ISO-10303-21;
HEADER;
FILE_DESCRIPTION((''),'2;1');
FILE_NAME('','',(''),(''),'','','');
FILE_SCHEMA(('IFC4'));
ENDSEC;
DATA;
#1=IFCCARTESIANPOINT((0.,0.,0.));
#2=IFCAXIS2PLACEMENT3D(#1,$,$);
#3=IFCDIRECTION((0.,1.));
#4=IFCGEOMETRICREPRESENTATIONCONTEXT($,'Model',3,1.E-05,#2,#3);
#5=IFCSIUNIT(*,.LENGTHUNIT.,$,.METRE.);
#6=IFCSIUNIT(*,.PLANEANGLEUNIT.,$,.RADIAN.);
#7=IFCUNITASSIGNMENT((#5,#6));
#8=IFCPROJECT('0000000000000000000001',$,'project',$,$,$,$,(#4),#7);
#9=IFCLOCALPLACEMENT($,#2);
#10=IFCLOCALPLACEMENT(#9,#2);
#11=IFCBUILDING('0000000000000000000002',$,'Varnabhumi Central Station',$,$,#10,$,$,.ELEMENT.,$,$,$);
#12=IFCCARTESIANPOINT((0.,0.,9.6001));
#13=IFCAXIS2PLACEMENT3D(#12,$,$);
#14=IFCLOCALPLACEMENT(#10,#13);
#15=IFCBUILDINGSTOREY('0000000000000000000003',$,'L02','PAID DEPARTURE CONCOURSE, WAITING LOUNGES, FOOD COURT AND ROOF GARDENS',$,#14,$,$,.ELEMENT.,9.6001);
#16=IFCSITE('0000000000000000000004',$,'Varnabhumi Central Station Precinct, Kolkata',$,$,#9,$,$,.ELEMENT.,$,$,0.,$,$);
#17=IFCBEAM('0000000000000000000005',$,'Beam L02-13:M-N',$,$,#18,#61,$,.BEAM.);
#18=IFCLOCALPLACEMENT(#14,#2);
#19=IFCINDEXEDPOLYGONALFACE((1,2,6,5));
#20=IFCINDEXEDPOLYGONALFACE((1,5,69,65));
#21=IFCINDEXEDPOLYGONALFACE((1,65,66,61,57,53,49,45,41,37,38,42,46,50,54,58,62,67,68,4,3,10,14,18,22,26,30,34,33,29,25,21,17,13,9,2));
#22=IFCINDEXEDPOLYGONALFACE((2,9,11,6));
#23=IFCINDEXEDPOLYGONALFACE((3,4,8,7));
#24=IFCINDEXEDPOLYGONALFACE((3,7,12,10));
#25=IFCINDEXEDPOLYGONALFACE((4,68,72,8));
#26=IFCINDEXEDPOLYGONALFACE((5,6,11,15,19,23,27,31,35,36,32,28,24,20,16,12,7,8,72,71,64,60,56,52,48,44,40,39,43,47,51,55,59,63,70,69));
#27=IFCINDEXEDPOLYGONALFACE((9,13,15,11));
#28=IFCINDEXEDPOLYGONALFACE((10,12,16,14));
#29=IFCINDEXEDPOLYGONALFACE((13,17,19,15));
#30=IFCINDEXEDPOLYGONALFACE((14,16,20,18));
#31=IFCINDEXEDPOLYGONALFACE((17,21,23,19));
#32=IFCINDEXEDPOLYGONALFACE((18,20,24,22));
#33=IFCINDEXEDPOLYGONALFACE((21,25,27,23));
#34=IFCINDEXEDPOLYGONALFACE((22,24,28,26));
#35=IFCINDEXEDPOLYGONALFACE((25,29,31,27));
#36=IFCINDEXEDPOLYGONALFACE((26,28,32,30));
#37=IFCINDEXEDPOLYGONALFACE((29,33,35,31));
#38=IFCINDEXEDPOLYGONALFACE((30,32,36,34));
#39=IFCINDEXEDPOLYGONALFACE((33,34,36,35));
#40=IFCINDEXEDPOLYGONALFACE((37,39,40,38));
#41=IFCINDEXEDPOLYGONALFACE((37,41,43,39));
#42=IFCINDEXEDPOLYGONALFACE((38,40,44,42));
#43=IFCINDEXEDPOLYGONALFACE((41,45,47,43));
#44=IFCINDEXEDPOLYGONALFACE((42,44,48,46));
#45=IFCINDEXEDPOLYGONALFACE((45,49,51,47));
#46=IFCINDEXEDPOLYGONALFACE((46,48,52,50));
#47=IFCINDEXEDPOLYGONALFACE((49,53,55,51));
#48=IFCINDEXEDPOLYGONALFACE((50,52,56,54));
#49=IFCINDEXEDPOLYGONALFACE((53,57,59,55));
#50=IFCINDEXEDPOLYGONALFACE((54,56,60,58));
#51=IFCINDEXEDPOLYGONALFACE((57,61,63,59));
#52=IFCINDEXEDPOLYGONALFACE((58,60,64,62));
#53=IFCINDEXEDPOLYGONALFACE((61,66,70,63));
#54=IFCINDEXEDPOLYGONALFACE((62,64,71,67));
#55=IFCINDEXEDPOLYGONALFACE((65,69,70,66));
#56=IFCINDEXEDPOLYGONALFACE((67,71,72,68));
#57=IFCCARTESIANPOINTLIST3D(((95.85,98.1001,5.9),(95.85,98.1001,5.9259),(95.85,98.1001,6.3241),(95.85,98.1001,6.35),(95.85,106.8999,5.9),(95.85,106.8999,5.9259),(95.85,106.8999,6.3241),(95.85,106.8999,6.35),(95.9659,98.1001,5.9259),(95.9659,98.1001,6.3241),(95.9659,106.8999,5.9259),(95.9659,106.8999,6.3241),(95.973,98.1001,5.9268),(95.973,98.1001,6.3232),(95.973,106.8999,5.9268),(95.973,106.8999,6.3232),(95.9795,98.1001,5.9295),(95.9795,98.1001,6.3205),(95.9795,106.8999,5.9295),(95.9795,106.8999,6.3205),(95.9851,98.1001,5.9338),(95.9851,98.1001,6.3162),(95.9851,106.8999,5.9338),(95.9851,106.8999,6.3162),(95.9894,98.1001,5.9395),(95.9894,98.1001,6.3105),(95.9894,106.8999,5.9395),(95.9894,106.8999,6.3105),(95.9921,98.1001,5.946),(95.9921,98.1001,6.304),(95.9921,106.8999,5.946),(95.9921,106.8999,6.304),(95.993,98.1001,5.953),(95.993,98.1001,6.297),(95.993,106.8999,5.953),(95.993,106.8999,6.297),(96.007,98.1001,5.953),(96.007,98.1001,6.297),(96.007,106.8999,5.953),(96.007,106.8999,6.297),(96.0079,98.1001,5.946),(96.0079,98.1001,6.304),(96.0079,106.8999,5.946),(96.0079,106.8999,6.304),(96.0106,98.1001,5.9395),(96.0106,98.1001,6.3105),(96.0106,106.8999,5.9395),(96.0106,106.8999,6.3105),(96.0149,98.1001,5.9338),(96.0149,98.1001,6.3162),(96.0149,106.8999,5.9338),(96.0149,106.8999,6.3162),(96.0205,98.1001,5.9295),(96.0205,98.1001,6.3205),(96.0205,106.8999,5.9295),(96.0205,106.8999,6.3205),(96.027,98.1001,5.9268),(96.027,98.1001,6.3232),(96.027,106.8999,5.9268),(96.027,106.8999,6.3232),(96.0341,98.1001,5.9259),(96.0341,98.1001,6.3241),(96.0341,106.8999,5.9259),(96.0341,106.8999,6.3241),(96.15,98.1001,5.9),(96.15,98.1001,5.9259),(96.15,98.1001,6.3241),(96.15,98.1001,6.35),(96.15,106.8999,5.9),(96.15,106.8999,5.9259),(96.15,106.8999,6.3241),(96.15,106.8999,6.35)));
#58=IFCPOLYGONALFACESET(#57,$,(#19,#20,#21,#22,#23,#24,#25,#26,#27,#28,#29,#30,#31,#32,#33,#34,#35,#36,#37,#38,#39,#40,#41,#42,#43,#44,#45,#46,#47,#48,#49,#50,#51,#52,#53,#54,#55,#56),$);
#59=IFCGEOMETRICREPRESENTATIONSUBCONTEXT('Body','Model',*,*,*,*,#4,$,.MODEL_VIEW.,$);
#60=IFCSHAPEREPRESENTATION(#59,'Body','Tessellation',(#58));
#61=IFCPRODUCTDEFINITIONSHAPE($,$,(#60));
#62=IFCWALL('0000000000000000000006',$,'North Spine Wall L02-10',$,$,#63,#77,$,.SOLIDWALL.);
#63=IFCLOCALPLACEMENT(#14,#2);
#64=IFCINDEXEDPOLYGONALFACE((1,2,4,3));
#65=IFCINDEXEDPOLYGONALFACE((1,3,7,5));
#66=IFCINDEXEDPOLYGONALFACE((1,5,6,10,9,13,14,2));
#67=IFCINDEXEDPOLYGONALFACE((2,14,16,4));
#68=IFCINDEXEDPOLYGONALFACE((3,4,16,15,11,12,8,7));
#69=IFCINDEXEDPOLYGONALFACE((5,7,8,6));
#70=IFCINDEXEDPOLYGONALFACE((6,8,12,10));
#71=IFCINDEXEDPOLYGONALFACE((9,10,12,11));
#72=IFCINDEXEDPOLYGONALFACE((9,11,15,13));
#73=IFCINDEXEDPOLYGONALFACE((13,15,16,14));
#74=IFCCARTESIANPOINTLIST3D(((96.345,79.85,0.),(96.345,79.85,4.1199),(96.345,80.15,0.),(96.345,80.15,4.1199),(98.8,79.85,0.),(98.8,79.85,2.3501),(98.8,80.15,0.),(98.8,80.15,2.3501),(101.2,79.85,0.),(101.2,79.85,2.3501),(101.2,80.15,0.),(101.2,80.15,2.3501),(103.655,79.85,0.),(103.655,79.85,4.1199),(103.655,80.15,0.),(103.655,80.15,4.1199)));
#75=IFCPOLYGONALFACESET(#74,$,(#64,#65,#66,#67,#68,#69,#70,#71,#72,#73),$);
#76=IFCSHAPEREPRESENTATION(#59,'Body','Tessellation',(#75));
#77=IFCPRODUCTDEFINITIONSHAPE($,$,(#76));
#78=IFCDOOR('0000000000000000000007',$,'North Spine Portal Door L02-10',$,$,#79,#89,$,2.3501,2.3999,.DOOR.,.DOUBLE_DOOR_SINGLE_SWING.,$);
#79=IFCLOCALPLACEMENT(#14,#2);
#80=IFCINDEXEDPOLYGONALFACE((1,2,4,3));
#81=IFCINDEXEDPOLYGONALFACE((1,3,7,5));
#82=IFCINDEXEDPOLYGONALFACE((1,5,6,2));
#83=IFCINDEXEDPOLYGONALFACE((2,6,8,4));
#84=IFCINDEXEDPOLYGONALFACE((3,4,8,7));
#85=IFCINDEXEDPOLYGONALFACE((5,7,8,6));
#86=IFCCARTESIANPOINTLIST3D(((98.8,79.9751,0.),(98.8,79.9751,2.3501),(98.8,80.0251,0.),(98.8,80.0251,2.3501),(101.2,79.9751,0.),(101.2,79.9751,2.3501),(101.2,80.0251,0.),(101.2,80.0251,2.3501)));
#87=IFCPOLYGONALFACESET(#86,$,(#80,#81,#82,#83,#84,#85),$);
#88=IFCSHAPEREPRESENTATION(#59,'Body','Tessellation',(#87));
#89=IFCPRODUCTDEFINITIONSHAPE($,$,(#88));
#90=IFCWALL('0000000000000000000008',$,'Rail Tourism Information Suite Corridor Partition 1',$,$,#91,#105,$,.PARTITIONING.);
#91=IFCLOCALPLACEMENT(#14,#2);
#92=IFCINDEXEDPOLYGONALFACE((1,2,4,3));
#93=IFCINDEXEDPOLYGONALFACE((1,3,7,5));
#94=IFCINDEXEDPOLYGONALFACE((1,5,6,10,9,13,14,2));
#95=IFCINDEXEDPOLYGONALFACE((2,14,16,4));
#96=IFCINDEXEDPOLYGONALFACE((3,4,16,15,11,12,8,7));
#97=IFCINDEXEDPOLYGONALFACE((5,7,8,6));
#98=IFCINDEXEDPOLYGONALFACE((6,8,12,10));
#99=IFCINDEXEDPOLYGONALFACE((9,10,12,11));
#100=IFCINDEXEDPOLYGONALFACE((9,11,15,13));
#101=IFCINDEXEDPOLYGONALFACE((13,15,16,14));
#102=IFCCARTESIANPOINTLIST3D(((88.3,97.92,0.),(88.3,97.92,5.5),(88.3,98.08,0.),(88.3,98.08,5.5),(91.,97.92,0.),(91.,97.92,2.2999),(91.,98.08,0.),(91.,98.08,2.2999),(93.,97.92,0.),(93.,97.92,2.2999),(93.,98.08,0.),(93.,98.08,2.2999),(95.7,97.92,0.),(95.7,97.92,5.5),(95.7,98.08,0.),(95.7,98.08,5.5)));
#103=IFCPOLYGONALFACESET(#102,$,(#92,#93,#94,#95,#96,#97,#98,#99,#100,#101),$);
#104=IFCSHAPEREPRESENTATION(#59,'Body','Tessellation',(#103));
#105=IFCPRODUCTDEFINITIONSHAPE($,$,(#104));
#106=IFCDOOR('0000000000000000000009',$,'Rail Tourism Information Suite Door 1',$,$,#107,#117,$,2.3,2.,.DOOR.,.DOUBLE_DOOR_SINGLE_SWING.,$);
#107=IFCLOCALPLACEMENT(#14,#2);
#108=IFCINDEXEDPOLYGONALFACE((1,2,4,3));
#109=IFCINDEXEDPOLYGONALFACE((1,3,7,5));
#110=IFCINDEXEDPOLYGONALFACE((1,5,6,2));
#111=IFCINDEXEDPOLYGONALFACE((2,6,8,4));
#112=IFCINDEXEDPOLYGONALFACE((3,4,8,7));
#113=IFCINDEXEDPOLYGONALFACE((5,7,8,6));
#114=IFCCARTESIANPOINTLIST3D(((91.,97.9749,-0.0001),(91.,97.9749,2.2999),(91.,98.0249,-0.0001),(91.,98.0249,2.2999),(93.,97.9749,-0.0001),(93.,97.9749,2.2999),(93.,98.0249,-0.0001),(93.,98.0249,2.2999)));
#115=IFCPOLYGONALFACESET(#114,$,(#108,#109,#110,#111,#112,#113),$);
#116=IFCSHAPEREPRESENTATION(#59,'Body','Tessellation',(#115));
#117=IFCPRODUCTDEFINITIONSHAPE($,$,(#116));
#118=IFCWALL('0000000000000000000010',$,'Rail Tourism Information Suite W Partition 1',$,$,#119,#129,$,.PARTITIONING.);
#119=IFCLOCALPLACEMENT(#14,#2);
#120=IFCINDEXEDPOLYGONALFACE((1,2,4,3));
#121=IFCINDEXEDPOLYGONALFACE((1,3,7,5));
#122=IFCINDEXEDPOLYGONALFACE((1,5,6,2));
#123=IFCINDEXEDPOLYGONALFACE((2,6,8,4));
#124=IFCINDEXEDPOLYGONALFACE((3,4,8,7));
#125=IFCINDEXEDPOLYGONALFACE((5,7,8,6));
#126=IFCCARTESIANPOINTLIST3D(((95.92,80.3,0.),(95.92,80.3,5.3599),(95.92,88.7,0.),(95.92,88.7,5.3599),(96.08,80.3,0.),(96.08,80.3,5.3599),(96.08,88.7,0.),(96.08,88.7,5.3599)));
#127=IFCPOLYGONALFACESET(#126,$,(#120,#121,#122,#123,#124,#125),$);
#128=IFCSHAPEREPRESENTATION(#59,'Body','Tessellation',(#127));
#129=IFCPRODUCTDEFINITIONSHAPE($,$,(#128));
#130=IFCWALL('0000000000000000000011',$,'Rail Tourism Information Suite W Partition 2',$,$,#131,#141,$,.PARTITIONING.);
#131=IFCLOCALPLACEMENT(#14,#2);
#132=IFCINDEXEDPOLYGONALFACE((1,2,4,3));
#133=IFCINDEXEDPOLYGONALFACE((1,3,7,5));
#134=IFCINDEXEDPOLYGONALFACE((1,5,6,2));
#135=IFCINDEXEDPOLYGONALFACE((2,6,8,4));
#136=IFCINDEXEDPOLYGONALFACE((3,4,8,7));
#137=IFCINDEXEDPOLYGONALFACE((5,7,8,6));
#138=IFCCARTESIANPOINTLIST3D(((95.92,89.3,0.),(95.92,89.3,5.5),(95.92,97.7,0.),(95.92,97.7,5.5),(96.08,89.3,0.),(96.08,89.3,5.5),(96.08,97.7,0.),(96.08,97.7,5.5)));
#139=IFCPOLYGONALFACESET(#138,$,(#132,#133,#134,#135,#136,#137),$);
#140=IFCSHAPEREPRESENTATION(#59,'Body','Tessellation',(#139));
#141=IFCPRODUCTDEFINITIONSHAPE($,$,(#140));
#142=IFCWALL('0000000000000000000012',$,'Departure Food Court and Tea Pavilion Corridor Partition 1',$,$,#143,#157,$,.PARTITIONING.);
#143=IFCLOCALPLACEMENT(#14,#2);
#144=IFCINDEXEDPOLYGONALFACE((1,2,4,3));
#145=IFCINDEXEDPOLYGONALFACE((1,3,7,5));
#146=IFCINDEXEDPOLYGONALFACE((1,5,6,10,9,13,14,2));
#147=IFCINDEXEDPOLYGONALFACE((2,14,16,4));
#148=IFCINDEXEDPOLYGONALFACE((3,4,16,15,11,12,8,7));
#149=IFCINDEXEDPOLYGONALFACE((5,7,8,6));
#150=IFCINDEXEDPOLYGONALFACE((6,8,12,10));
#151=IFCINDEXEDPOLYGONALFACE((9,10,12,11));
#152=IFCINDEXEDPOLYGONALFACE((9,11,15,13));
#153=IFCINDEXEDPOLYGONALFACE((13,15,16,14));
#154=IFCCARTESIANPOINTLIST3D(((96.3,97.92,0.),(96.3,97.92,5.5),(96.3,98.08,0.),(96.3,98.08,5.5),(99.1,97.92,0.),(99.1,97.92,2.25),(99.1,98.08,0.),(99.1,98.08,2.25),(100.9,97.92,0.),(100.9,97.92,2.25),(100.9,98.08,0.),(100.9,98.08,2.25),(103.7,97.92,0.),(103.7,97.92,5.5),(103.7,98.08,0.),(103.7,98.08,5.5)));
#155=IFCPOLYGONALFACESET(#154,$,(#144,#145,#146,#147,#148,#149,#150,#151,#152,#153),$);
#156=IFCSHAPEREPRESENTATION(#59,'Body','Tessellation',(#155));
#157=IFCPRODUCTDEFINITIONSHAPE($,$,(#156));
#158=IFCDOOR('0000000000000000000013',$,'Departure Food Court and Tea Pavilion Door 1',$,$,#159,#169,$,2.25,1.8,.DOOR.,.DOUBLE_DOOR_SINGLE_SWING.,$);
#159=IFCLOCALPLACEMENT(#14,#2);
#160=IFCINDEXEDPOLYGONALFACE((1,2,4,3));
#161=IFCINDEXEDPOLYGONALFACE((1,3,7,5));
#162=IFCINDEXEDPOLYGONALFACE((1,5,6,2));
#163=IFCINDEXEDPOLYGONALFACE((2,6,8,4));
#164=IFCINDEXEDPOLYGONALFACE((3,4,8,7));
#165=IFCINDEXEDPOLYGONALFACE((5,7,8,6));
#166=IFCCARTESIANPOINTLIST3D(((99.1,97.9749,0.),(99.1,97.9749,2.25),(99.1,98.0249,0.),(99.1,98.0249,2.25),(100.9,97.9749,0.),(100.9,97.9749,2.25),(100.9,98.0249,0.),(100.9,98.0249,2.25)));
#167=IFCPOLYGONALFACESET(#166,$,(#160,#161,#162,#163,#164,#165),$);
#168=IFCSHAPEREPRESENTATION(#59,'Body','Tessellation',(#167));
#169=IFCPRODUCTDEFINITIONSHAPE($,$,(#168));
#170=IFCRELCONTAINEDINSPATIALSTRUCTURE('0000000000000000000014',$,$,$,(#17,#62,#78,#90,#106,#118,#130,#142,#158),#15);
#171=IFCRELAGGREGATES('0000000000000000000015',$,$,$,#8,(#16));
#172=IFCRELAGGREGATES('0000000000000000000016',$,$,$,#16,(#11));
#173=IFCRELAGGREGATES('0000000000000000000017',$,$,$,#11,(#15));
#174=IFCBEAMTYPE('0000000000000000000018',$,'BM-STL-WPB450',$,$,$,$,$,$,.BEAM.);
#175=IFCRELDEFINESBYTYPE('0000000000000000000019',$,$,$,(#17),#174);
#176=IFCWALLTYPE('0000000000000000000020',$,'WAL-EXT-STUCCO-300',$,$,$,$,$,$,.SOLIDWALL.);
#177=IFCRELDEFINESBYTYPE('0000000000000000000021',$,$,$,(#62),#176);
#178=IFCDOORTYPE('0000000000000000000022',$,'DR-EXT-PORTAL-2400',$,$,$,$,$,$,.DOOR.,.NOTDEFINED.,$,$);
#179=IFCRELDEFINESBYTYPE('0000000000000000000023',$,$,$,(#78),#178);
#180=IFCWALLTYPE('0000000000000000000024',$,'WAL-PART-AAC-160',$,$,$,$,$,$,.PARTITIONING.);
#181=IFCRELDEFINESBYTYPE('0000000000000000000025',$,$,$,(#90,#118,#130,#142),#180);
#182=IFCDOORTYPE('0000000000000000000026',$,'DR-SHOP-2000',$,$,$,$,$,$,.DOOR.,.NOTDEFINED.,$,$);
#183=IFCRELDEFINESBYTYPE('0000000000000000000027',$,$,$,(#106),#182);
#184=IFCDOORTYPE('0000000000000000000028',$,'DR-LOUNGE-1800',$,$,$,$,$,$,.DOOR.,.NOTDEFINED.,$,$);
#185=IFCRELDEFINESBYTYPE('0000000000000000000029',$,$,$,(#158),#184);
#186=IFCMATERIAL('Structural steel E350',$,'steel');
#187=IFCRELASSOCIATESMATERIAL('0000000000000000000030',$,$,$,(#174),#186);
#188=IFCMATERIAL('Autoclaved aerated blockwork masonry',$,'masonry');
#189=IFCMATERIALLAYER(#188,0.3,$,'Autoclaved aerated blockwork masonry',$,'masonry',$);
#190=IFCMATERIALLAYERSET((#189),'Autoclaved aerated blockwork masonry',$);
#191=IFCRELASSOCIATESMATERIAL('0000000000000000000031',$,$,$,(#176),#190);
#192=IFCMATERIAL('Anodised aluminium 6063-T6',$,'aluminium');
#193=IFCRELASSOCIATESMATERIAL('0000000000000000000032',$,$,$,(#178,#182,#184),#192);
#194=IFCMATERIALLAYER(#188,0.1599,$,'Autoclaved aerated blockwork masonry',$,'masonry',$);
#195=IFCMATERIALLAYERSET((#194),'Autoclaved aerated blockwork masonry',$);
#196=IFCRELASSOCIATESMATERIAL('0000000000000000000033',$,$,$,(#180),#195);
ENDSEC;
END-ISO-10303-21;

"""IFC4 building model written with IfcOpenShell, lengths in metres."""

from ifc_helpers import new_model, si_unit, direction, frame, frame_2d, origin, origin_2d, place, context, subcontext, project, spatial, rectangle, i_section, extrude, material, layer, layer_set, material_profile, profile_set, type_object, element, fill, save


model = new_model("IFC4")

# Units and contexts
model_context = context("Model", 3, precision=1e-05, world=origin(), true_north=direction((0.0, 1.0)))
body_context = subcontext(model_context, "Body", "Model", "MODEL_VIEW")
ifc_project = project(units=[si_unit("LENGTHUNIT", "METRE"), si_unit("PLANEANGLEUNIT", "RADIAN")], contexts=[model_context])

# Site, building, storey
site_placement = place(None, origin())
site = spatial("IfcSite", under=ifc_project, at=site_placement, Name="Varnabhumi Central Station Precinct, Kolkata", CompositionType="ELEMENT", RefElevation=0.0)
building_placement = place(site_placement, origin())
building = spatial("IfcBuilding", under=site, at=building_placement, Name="Varnabhumi Central Station", CompositionType="ELEMENT")
storey_placement = place(building_placement, frame((0.0, 0.0, 9.6001)))
storey = spatial("IfcBuildingStorey", under=building, at=storey_placement, Name="L02", Description="PAID DEPARTURE CONCOURSE, WAITING LOUNGES, FOOD COURT AND ROOF GARDENS", CompositionType="ELEMENT", Elevation=9.6001)

# Beam
ifc_material_1 = material(Name="Structural steel E350", Category="steel")
ifc_material_profile_1 = material_profile(ifc_material_1, i_section(OverallWidth=0.3, OverallDepth=0.45, WebThickness=0.0139, FlangeThickness=0.0259, FilletRadius=0.0271, at=origin_2d()), Name="Structural steel E350", Category="steel")
ifc_profile_set_1 = profile_set([ifc_material_profile_1], Name="Structural steel E350")
beam_type_1 = type_object("IfcBeamType", Name="BM-STL-WPB450", PredefinedType="BEAM", material=ifc_profile_set_1)
for number, where, z_axis, x_axis, name in (
    (1, (96.0, 98.1001, 6.125), (0.0, 1.0, 0.0), (-1.0, 0.0, 0.0), "Beam L02-13:M-N"),
):
    element("IfcBeam", number, at=place(storey_placement, frame(where, z_axis=z_axis, x_axis=x_axis)), inside=storey, type_object=beam_type_1, Name=name, PredefinedType="BEAM", context=body_context, shape_type="SweptSolid", body=[
        extrude(i_section(OverallWidth=0.3, OverallDepth=0.45, WebThickness=0.0139, FlangeThickness=0.0259, FilletRadius=0.0271, at=origin_2d()), origin(), (0.0, 0.0, 1.0), 8.7998),
    ])

# Walls, openings, doors
ifc_material_2 = material(Name="Autoclaved aerated blockwork masonry", Category="masonry")
ifc_layer_1 = layer(ifc_material_2, 0.3, Name="Autoclaved aerated blockwork masonry", Category="masonry")
ifc_layer_set_1 = layer_set([ifc_layer_1], Name="Autoclaved aerated blockwork masonry")
wall_type_1 = type_object("IfcWallType", Name="WAL-EXT-STUCCO-300", PredefinedType="SOLIDWALL", material=ifc_layer_set_1)
wall_1_placement = place(storey_placement, frame((96.345, 80.0, 0.0), z_axis=(0.0, 0.0, 1.0), x_axis=(1.0, 0.0, 0.0)))
wall_1 = element("IfcWall", 2, at=wall_1_placement, inside=storey, type_object=wall_type_1, Name="North Spine Wall L02-10", PredefinedType="SOLIDWALL", context=body_context, shape_type="SweptSolid", body=[
    extrude(rectangle(XDim=7.3101, YDim=0.3, at=frame_2d((3.655, 0.0))), origin(), (0.0, 0.0, 1.0), 4.1199),
])
opening_1_placement = place(wall_1_placement, frame((2.4551, 0.0, 0.0)))
opening_1 = element("IfcOpeningElement", 3, at=opening_1_placement, cuts=wall_1, PredefinedType="OPENING", context=body_context, shape_type="SweptSolid", body=[
    extrude(rectangle(XDim=2.3999, YDim=2.3501, at=frame_2d((1.2, 1.175))), frame((0.0, 0.1599, 0.0), z_axis=(0.0, -1.0, 0.0), x_axis=(1.0, 0.0, 0.0)), (0.0, 0.0, 1.0), 0.3201),
])
ifc_material_3 = material(Name="Anodised aluminium 6063-T6", Category="aluminium")
door_type_1 = type_object("IfcDoorType", Name="DR-EXT-PORTAL-2400", OperationType="NOTDEFINED", PredefinedType="DOOR", material=ifc_material_3)
door_1_placement = place(opening_1_placement, frame((2.3999, 0.0, 0.0), z_axis=(0.0, 0.0, 1.0), x_axis=(-1.0, 0.0, 0.0)))
door_1 = element("IfcDoor", 4, at=door_1_placement, inside=storey, type_object=door_type_1, Name="North Spine Portal Door L02-10", OperationType="DOUBLE_DOOR_SINGLE_SWING", OverallHeight=2.3501, OverallWidth=2.3999, PredefinedType="DOOR", context=body_context, shape_type="SweptSolid", body=[
    extrude(rectangle(XDim=2.3999, YDim=2.3501, at=frame_2d((1.2, 1.175))), frame((0.0, 0.0249, 0.0), z_axis=(0.0, -1.0, 0.0), x_axis=(1.0, 0.0, 0.0)), (0.0, 0.0, 1.0), 0.05),
])
fill(opening_1, door_1)
ifc_layer_2 = layer(ifc_material_2, 0.1599, Name="Autoclaved aerated blockwork masonry", Category="masonry")
ifc_layer_set_2 = layer_set([ifc_layer_2], Name="Autoclaved aerated blockwork masonry")
wall_type_2 = type_object("IfcWallType", Name="WAL-PART-AAC-160", PredefinedType="PARTITIONING", material=ifc_layer_set_2)
wall_2_placement = place(storey_placement, frame((88.3, 98.0, 0.0), z_axis=(0.0, 0.0, 1.0), x_axis=(1.0, 0.0, 0.0)))
wall_2 = element("IfcWall", 5, at=wall_2_placement, inside=storey, type_object=wall_type_2, Name="Rail Tourism Information Suite Corridor Partition 1", PredefinedType="PARTITIONING", context=body_context, shape_type="SweptSolid", body=[
    extrude(rectangle(XDim=7.3999, YDim=0.1599, at=frame_2d((3.7, 0.0))), origin(), (0.0, 0.0, 1.0), 5.5),
])
opening_2_placement = place(wall_2_placement, frame((2.7, 0.0, 0.0)))
opening_2 = element("IfcOpeningElement", 6, at=opening_2_placement, cuts=wall_2, PredefinedType="OPENING", context=body_context, shape_type="SweptSolid", body=[
    extrude(rectangle(XDim=2.0, YDim=2.3, at=frame_2d((1.0, 1.1499))), frame((0.0, 0.0898, 0.0), z_axis=(0.0, -1.0, 0.0), x_axis=(1.0, 0.0, 0.0)), (0.0, 0.0, 1.0), 0.1799),
])
door_type_2 = type_object("IfcDoorType", Name="DR-SHOP-2000", OperationType="NOTDEFINED", PredefinedType="DOOR", material=ifc_material_3)
door_2_placement = place(opening_2_placement, origin())
door_2 = element("IfcDoor", 7, at=door_2_placement, inside=storey, type_object=door_type_2, Name="Rail Tourism Information Suite Door 1", OperationType="DOUBLE_DOOR_SINGLE_SWING", OverallHeight=2.3, OverallWidth=2.0, PredefinedType="DOOR", context=body_context, shape_type="SweptSolid", body=[
    extrude(rectangle(XDim=2.0, YDim=2.3, at=frame_2d((1.0, 1.1499))), frame((0.0, 0.0249, 0.0), z_axis=(0.0, -1.0, 0.0), x_axis=(1.0, 0.0, 0.0)), (0.0, 0.0, 1.0), 0.05),
])
fill(opening_2, door_2)

# Walls
wall_3_placement = place(storey_placement, frame((96.0, 80.3, 0.0), z_axis=(0.0, 0.0, 1.0), x_axis=(0.0, 1.0, 0.0)))
element("IfcWall", 8, at=wall_3_placement, inside=storey, type_object=wall_type_2, Name="Rail Tourism Information Suite W Partition 1", PredefinedType="PARTITIONING", context=body_context, shape_type="SweptSolid", body=[
    extrude(rectangle(XDim=8.3999, YDim=0.1599, at=frame_2d((4.2, 0.0))), origin(), (0.0, 0.0, 1.0), 5.3599),
])
wall_4_placement = place(storey_placement, frame((96.0, 89.3, 0.0), z_axis=(0.0, 0.0, 1.0), x_axis=(0.0, 1.0, 0.0)))
element("IfcWall", 9, at=wall_4_placement, inside=storey, type_object=wall_type_2, Name="Rail Tourism Information Suite W Partition 2", PredefinedType="PARTITIONING", context=body_context, shape_type="SweptSolid", body=[
    extrude(rectangle(XDim=8.3999, YDim=0.1599, at=frame_2d((4.2, 0.0))), origin(), (0.0, 0.0, 1.0), 5.5),
])

# Wall, opening, door
wall_5_placement = place(storey_placement, frame((96.3, 98.0, 0.0), z_axis=(0.0, 0.0, 1.0), x_axis=(1.0, 0.0, 0.0)))
wall_5 = element("IfcWall", 10, at=wall_5_placement, inside=storey, type_object=wall_type_2, Name="Departure Food Court and Tea Pavilion Corridor Partition 1", PredefinedType="PARTITIONING", context=body_context, shape_type="SweptSolid", body=[
    extrude(rectangle(XDim=7.3999, YDim=0.1599, at=frame_2d((3.7, 0.0))), origin(), (0.0, 0.0, 1.0), 5.5),
])
opening_3_placement = place(wall_5_placement, frame((2.8, 0.0, 0.0)))
opening_3 = element("IfcOpeningElement", 11, at=opening_3_placement, cuts=wall_5, PredefinedType="OPENING", context=body_context, shape_type="SweptSolid", body=[
    extrude(rectangle(XDim=1.8, YDim=2.25, at=frame_2d((0.8999, 1.125))), frame((0.0, 0.0898, 0.0), z_axis=(0.0, -1.0, 0.0), x_axis=(1.0, 0.0, 0.0)), (0.0, 0.0, 1.0), 0.1799),
])
door_type_3 = type_object("IfcDoorType", Name="DR-LOUNGE-1800", OperationType="NOTDEFINED", PredefinedType="DOOR", material=ifc_material_3)
door_3_placement = place(opening_3_placement, origin())
door_3 = element("IfcDoor", 12, at=door_3_placement, inside=storey, type_object=door_type_3, Name="Departure Food Court and Tea Pavilion Door 1", OperationType="DOUBLE_DOOR_SINGLE_SWING", OverallHeight=2.25, OverallWidth=1.8, PredefinedType="DOOR", context=body_context, shape_type="SweptSolid", body=[
    extrude(rectangle(XDim=1.8, YDim=2.25, at=frame_2d((0.8999, 1.125))), frame((0.0, 0.0249, 0.0), z_axis=(0.0, -1.0, 0.0), x_axis=(1.0, 0.0, 0.0)), (0.0, 0.0, 1.0), 0.05),
])
fill(opening_3, door_3)

save(model, "model.ifc")
